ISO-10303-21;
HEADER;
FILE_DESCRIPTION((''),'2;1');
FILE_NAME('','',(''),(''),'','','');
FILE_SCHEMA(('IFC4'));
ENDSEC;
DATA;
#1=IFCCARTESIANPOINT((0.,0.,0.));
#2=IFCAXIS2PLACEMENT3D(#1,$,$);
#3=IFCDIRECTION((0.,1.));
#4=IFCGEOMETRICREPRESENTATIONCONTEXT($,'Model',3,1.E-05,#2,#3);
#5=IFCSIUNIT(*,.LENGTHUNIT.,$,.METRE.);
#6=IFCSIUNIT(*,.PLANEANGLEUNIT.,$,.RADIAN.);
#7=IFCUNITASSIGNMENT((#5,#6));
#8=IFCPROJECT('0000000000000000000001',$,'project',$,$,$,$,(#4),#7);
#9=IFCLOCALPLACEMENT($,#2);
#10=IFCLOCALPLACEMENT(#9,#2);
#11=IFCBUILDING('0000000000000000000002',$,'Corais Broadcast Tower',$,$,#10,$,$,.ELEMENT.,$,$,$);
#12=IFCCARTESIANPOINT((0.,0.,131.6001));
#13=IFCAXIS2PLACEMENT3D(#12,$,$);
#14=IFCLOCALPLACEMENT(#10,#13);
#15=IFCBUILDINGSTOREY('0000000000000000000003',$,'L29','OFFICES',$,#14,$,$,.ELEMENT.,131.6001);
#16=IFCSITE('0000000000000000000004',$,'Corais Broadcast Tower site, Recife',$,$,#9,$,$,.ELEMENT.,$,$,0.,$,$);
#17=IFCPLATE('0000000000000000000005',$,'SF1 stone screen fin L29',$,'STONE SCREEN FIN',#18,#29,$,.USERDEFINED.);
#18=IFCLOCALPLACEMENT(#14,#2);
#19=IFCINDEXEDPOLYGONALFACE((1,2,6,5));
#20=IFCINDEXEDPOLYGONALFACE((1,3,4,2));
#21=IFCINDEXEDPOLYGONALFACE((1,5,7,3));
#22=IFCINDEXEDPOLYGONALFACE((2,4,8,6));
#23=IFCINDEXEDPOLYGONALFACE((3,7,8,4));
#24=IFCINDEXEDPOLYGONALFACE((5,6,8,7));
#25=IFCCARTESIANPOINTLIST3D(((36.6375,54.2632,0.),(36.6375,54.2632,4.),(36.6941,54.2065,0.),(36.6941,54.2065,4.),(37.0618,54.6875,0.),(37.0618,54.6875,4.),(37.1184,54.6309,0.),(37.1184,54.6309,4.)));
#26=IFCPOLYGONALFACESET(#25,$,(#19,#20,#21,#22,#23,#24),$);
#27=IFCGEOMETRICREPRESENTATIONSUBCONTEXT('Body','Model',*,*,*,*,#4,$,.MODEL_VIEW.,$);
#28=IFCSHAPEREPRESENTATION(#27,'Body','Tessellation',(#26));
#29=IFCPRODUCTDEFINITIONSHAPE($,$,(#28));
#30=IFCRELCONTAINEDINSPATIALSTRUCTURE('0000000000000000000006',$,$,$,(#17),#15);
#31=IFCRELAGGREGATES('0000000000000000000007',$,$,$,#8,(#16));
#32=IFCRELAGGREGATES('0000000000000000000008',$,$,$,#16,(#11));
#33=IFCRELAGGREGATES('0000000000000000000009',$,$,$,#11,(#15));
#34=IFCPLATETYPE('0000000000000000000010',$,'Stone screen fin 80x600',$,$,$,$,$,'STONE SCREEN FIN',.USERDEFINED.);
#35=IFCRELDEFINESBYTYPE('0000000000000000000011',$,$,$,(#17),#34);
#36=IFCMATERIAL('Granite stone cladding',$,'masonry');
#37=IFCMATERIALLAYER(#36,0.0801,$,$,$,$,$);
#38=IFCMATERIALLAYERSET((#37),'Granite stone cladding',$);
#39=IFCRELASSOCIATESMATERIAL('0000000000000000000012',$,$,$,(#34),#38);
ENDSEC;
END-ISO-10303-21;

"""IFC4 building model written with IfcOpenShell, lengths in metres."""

from ifc_helpers import new_model, si_unit, direction, frame, origin, origin_2d, place, context, subcontext, project, spatial, rectangle, extrude, material, layer, layer_set, type_object, element, save


model = new_model("IFC4")

# Units and contexts
model_context = context("Model", 3, precision=1e-05, world=origin(), true_north=direction((0.0, 1.0)))
body_context = subcontext(model_context, "Body", "Model", "MODEL_VIEW")
ifc_project = project(units=[si_unit("LENGTHUNIT", "METRE"), si_unit("PLANEANGLEUNIT", "RADIAN")], contexts=[model_context])

# Site, building, storey
site_placement = place(None, origin())
site = spatial("IfcSite", under=ifc_project, at=site_placement, Name="Corais Broadcast Tower site, Recife", CompositionType="ELEMENT", RefElevation=0.0)
building_placement = place(site_placement, origin())
building = spatial("IfcBuilding", under=site, at=building_placement, Name="Corais Broadcast Tower", CompositionType="ELEMENT")
storey_placement = place(building_placement, frame((0.0, 0.0, 131.6001)))
storey = spatial("IfcBuildingStorey", under=building, at=storey_placement, Name="L29", Description="OFFICES", CompositionType="ELEMENT", Elevation=131.6001)

# Plate
ifc_material_1 = material(Name="Granite stone cladding", Category="masonry")
ifc_layer_1 = layer(ifc_material_1, 0.0801)
ifc_layer_set_1 = layer_set([ifc_layer_1], Name="Granite stone cladding")
plate_type_1 = type_object("IfcPlateType", Name="Stone screen fin 80x600", ElementType="STONE SCREEN FIN", PredefinedType="USERDEFINED", material=ifc_layer_set_1)
plate_1_placement = place(storey_placement, frame((36.8779, 54.447, 0.0), z_axis=(0.0, 0.0, 1.0), x_axis=(0.707107, -0.707107, 0.0)))
element("IfcPlate", 1, at=plate_1_placement, inside=storey, type_object=plate_type_1, Name="SF1 stone screen fin L29", ObjectType="STONE SCREEN FIN", PredefinedType="USERDEFINED", context=body_context, shape_type="SweptSolid", body=[
    extrude(rectangle(XDim=0.0801, YDim=0.6001, at=origin_2d()), origin(), (0.0, 0.0, 1.0), 4.0),
])

save(model, "model.ifc")
